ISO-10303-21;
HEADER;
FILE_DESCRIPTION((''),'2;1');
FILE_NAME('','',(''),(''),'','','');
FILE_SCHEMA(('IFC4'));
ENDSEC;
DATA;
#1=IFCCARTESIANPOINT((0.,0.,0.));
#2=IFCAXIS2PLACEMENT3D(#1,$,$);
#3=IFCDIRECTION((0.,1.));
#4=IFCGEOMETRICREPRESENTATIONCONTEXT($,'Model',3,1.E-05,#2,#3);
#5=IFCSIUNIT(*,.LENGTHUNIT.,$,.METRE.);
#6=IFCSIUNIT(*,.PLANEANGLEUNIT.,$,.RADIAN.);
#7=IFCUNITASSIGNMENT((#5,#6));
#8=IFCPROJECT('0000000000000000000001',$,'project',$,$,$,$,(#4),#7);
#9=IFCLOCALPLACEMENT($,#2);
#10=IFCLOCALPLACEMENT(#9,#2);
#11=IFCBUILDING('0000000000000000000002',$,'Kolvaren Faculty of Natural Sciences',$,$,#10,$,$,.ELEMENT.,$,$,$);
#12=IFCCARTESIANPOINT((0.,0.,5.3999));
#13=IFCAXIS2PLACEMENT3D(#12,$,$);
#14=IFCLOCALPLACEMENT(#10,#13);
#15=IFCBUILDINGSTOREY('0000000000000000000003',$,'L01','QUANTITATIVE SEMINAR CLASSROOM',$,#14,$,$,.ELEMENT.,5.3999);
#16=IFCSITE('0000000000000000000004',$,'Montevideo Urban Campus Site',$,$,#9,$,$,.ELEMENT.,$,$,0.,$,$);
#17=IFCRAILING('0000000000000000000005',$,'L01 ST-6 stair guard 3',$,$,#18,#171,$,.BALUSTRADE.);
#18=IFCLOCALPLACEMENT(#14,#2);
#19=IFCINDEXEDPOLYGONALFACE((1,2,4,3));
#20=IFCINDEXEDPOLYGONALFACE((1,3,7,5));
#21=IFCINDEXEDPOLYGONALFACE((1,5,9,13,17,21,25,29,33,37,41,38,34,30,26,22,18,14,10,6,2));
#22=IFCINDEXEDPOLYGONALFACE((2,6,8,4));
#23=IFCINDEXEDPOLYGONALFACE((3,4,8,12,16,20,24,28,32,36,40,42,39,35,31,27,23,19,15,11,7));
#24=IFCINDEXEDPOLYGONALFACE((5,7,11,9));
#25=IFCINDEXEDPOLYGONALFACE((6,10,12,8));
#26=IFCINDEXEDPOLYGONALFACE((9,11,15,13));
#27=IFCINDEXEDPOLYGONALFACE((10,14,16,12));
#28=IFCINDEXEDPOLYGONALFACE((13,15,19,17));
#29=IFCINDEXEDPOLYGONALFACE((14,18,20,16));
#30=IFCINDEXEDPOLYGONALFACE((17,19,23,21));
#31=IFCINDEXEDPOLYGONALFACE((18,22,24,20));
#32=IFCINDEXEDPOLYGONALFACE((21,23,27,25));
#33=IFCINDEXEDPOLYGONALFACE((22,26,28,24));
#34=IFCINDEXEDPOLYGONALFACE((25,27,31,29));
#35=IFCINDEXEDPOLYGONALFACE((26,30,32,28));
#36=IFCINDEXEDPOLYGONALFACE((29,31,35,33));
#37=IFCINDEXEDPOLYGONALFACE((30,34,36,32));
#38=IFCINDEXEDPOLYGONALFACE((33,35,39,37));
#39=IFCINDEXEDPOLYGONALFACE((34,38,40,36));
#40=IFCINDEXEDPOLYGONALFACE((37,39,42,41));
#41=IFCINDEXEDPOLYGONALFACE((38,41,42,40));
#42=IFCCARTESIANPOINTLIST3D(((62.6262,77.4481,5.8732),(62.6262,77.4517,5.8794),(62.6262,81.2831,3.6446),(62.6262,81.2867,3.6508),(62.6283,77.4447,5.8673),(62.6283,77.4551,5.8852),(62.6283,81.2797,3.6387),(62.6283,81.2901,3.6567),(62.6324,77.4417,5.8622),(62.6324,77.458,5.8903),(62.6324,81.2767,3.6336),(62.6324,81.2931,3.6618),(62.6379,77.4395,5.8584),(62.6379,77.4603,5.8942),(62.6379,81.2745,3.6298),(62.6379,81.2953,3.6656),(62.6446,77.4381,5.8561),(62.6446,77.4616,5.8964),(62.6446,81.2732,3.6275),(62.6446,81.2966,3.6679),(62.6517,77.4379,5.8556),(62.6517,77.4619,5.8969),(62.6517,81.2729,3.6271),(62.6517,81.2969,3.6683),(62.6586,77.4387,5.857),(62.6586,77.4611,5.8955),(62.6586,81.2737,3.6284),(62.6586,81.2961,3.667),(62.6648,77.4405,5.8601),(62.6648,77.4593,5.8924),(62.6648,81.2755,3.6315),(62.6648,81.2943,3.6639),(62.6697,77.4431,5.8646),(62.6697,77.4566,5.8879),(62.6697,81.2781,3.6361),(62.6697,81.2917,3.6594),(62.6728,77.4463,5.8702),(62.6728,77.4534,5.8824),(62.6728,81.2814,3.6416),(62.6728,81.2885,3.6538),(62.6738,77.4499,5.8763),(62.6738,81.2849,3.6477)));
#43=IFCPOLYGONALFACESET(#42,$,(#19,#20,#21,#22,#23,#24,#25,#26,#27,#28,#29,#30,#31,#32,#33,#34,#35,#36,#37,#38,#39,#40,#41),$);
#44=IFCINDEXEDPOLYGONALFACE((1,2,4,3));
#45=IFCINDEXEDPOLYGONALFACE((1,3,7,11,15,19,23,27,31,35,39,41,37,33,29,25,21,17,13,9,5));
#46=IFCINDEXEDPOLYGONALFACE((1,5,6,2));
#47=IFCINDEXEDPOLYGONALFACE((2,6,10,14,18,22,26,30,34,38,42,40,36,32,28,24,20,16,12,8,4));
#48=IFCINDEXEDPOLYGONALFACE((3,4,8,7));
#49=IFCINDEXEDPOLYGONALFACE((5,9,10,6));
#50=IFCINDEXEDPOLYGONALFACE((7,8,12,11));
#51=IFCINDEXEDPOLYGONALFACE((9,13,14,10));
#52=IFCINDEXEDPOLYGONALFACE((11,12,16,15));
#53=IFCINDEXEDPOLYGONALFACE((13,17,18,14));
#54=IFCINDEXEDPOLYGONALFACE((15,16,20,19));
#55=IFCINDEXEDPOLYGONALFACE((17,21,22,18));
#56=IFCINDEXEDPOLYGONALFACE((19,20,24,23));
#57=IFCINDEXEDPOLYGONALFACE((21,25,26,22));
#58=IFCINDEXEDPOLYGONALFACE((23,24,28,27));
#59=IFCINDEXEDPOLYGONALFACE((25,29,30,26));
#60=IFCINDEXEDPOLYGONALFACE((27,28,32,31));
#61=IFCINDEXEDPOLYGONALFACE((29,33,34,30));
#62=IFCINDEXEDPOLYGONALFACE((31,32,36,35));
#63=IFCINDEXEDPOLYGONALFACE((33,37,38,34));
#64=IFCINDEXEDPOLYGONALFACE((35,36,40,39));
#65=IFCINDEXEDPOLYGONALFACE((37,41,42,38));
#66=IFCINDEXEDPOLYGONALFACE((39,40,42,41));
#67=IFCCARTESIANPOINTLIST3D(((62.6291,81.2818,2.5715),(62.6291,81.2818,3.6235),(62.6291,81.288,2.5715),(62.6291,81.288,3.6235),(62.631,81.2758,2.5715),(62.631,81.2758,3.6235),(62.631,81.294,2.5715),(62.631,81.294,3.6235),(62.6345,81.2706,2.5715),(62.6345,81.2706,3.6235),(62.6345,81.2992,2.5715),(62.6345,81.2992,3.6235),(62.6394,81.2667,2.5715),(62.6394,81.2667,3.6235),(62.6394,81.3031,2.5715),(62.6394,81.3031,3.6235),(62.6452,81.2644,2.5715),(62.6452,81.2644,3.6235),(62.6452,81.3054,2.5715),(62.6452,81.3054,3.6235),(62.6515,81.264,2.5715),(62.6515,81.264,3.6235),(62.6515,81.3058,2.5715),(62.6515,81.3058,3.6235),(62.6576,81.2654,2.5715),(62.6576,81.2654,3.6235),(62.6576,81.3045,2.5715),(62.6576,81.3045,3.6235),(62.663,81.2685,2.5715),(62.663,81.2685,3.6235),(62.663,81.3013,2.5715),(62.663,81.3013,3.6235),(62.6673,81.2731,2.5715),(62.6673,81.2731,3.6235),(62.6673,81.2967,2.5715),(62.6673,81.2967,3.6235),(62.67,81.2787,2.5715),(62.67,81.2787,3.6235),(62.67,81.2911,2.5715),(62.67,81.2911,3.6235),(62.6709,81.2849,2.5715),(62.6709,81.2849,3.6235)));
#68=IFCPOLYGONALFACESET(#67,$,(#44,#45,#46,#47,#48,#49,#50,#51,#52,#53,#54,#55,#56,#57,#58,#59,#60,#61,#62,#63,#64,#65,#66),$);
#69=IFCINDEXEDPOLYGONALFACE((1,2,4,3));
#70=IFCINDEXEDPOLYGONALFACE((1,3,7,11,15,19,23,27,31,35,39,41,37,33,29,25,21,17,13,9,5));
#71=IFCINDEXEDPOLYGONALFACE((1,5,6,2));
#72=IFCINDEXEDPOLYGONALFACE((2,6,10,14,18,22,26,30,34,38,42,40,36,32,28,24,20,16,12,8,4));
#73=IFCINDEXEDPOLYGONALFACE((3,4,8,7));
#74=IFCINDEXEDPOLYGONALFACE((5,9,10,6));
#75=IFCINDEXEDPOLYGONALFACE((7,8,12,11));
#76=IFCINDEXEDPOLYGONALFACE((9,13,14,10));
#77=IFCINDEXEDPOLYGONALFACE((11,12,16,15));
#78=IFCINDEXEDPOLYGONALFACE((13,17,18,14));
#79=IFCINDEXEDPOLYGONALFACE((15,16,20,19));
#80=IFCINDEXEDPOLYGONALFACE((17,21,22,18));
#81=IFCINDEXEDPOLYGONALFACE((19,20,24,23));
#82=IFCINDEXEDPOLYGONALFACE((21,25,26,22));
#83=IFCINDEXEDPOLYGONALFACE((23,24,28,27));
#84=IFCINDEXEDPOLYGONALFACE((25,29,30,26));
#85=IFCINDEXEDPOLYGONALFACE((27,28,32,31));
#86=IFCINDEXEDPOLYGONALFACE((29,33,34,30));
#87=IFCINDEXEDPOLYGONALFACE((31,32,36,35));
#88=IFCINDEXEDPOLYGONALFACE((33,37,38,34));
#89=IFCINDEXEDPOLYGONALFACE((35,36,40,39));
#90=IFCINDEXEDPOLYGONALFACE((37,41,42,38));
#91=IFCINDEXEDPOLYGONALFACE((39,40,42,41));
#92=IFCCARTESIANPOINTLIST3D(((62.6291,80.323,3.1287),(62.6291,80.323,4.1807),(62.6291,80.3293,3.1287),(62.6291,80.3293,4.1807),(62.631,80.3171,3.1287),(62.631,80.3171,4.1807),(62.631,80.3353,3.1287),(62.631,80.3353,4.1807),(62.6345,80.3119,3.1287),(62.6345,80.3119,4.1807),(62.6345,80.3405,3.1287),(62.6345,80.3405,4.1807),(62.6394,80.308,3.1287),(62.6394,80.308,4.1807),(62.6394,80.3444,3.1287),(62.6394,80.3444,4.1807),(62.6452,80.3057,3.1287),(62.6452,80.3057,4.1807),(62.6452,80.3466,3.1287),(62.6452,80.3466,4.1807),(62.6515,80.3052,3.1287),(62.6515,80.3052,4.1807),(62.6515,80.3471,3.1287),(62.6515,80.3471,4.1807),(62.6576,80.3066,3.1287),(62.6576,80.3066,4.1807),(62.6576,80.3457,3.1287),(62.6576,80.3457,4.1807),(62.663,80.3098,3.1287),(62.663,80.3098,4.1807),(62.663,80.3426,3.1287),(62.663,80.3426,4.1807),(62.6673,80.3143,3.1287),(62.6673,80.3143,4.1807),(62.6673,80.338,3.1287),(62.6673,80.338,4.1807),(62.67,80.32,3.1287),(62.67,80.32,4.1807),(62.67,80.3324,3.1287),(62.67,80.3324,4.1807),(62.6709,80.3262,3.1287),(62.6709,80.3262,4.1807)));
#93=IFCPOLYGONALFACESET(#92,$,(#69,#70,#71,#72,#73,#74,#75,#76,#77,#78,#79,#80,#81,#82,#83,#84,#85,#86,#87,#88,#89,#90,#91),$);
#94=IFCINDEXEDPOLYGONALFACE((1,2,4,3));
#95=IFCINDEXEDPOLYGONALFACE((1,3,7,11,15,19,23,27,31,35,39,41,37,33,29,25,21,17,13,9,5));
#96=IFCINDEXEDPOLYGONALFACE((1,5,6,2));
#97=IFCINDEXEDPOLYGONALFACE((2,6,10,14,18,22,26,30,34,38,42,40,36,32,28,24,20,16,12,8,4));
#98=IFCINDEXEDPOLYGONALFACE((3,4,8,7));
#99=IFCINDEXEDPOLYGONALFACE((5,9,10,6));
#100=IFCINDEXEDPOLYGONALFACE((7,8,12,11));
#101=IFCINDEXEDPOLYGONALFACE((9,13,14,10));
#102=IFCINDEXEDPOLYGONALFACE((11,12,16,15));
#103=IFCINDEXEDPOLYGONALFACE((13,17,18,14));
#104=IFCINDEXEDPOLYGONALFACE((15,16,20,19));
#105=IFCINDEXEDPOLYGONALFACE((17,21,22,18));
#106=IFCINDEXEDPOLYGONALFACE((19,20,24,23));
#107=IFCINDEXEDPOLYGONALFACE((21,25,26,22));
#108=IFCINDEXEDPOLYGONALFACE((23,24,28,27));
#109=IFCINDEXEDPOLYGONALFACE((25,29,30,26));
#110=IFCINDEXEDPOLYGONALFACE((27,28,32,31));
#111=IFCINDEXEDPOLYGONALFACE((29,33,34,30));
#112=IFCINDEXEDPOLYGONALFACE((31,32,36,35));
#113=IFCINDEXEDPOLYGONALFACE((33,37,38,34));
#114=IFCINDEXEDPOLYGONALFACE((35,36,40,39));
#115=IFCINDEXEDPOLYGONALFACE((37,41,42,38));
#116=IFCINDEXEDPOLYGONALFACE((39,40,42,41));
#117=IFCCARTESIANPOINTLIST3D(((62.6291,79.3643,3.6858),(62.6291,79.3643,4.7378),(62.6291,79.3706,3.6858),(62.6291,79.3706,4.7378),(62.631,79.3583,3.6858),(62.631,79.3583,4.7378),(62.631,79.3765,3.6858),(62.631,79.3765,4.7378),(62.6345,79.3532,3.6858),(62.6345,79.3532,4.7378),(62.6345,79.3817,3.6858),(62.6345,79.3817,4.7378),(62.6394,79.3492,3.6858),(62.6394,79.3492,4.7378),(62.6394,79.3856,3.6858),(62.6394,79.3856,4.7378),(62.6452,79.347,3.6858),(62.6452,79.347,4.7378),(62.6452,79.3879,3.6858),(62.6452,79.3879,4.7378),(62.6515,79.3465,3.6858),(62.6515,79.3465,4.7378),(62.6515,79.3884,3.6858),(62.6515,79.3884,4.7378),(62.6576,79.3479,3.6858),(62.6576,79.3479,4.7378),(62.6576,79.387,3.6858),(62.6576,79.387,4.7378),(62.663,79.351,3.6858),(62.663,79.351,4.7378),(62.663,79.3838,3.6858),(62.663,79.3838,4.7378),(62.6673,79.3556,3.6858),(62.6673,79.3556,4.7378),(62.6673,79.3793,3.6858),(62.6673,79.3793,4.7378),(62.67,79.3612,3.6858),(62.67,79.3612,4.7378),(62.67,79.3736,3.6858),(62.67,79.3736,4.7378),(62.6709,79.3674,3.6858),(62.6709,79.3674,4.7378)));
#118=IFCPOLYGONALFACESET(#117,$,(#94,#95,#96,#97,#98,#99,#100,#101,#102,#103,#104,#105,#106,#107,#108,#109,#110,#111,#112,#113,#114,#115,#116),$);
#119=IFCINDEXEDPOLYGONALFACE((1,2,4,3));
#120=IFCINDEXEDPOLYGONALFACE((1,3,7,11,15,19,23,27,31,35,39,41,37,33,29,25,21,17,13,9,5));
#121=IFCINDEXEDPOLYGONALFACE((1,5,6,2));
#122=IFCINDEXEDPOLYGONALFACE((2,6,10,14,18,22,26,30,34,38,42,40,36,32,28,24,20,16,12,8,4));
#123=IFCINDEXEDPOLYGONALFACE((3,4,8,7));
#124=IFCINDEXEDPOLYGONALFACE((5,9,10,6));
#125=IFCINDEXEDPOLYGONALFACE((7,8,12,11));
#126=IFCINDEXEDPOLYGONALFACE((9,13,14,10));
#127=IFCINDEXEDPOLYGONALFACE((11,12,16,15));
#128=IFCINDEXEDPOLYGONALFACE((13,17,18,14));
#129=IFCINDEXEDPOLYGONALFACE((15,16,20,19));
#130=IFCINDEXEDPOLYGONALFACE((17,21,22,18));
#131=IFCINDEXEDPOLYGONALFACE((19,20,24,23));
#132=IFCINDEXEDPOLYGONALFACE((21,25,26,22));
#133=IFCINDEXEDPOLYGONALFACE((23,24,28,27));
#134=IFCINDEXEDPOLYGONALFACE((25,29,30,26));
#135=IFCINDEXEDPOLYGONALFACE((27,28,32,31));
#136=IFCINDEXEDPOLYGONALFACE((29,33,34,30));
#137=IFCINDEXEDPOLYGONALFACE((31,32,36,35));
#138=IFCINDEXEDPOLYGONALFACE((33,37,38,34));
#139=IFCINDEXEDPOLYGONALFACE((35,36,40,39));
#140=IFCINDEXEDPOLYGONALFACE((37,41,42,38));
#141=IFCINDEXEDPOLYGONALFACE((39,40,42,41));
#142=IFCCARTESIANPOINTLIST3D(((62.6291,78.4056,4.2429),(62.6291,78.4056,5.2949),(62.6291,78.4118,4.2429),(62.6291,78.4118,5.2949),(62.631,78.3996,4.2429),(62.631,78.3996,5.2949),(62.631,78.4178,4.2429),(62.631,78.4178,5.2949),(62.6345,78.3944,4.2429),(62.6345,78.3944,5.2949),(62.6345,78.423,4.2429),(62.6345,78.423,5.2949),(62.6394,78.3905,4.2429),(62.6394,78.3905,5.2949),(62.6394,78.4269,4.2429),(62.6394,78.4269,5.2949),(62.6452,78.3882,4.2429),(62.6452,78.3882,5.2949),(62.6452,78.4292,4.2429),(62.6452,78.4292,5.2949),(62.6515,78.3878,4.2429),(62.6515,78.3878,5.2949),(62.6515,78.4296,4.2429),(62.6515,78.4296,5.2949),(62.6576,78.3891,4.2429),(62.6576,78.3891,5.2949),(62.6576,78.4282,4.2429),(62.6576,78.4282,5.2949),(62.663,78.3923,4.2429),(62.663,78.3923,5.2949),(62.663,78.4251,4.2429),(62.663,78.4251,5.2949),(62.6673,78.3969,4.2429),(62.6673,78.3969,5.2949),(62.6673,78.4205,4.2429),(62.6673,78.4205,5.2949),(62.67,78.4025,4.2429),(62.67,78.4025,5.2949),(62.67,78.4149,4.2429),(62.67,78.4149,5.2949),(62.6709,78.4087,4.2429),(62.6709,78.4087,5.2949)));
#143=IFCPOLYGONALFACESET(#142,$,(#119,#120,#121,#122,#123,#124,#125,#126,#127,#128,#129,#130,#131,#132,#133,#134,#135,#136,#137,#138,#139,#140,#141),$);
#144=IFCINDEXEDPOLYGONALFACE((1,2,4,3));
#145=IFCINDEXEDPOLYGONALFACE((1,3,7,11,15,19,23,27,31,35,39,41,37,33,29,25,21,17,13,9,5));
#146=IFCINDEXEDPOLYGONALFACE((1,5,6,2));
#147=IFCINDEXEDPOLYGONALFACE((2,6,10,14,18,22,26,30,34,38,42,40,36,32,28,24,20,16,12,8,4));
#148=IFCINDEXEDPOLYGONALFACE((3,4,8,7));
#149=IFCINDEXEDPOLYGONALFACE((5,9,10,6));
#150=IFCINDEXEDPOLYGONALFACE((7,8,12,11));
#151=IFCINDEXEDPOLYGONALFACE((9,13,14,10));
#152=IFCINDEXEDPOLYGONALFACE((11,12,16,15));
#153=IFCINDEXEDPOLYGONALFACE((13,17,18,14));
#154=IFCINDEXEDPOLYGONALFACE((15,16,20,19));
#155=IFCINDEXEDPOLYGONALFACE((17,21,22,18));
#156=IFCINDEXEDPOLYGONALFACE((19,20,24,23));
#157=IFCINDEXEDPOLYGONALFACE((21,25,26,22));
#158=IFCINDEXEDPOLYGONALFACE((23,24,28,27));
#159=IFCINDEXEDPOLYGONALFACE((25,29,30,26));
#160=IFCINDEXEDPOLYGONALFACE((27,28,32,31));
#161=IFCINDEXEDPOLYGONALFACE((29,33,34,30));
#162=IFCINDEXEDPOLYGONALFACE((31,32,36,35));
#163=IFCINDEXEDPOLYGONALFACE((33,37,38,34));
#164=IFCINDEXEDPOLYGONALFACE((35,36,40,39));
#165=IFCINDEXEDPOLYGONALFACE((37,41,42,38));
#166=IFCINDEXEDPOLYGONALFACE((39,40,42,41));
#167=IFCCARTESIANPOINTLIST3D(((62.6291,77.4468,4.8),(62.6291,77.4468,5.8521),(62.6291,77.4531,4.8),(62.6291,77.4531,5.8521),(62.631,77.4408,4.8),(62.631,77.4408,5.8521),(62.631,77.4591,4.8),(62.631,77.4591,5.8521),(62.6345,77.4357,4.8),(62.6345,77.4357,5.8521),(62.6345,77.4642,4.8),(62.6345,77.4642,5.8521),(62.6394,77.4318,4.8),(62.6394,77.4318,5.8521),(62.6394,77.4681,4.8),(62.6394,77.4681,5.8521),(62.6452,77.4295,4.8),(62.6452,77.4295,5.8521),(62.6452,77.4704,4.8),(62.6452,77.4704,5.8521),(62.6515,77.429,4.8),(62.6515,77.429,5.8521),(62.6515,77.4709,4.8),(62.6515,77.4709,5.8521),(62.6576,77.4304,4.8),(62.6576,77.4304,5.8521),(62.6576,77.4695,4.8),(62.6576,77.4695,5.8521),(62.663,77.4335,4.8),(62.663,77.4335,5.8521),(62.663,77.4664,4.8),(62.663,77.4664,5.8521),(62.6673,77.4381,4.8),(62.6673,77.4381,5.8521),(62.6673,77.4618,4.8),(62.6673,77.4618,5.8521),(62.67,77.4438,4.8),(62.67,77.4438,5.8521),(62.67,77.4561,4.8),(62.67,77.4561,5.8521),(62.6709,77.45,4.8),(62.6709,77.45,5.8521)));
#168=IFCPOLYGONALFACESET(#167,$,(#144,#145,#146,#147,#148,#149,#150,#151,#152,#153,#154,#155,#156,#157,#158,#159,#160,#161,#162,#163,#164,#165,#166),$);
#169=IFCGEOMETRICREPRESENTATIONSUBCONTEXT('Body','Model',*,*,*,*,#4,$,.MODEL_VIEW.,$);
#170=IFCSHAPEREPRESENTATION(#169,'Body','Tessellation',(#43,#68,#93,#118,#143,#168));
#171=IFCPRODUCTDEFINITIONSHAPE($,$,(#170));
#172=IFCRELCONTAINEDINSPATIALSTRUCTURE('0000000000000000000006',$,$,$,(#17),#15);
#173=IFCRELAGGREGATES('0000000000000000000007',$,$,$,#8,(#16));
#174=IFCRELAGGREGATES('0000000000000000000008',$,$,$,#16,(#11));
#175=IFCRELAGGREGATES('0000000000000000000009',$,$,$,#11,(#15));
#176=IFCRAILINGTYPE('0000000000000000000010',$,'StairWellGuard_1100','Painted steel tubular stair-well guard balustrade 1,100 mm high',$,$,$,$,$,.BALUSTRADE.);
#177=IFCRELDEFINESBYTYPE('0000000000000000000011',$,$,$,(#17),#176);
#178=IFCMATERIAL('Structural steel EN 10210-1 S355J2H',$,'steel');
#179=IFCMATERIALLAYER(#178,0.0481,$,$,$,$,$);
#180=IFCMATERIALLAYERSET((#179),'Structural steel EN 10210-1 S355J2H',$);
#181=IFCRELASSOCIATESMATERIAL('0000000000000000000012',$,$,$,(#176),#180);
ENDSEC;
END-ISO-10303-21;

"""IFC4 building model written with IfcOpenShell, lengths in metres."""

from ifc_helpers import new_model, si_unit, direction, frame, origin, origin_2d, place, context, subcontext, project, spatial, circle, extrude, material, layer, layer_set, type_object, element, save


model = new_model("IFC4")

# Units and contexts
model_context = context("Model", 3, precision=1e-05, world=origin(), true_north=direction((0.0, 1.0)))
body_context = subcontext(model_context, "Body", "Model", "MODEL_VIEW")
ifc_project = project(units=[si_unit("LENGTHUNIT", "METRE"), si_unit("PLANEANGLEUNIT", "RADIAN")], contexts=[model_context])

# Site, building, storey
site_placement = place(None, origin())
site = spatial("IfcSite", under=ifc_project, at=site_placement, Name="Montevideo Urban Campus Site", CompositionType="ELEMENT", RefElevation=0.0)
building_placement = place(site_placement, origin())
building = spatial("IfcBuilding", under=site, at=building_placement, Name="Kolvaren Faculty of Natural Sciences", CompositionType="ELEMENT")
storey_placement = place(building_placement, frame((0.0, 0.0, 5.3999)))
storey = spatial("IfcBuildingStorey", under=building, at=storey_placement, Name="L01", Description="QUANTITATIVE SEMINAR CLASSROOM", CompositionType="ELEMENT", Elevation=5.3999)

# Railing
ifc_material_1 = material(Name="Structural steel EN 10210-1 S355J2H", Category="steel")
ifc_layer_1 = layer(ifc_material_1, 0.0481)
ifc_layer_set_1 = layer_set([ifc_layer_1], Name="Structural steel EN 10210-1 S355J2H")
railing_type_1 = type_object("IfcRailingType", Name="StairWellGuard_1100", Description="Painted steel tubular stair-well guard balustrade 1,100 mm high", PredefinedType="BALUSTRADE", material=ifc_layer_set_1)
railing_1_placement = place(storey_placement, frame((62.6499, 81.2849, 2.5715)))
element("IfcRailing", 1, at=railing_1_placement, inside=storey, type_object=railing_type_1, Name="L01 ST-6 stair guard 3", PredefinedType="BALUSTRADE", context=body_context, shape_type="SweptSolid", body=[
    extrude(circle(Radius=0.0239, at=origin_2d()), frame((0.0, 0.0, 1.0762), z_axis=(0.0, -0.864616, 0.502433), x_axis=(1.0, 0.0, 0.0)), (0.0, 0.0, 1.0), 4.4355),
    extrude(circle(Radius=0.021, at=origin_2d()), origin(), (0.0, 0.0, 1.0), 1.052),
    extrude(circle(Radius=0.021, at=origin_2d()), frame((0.0, -0.9587, 0.5571)), (0.0, 0.0, 1.0), 1.052),
    extrude(circle(Radius=0.021, at=origin_2d()), frame((0.0, -1.9175, 1.1143)), (0.0, 0.0, 1.0), 1.052),
    extrude(circle(Radius=0.021, at=origin_2d()), frame((0.0, -2.8762, 1.6714)), (0.0, 0.0, 1.0), 1.052),
    extrude(circle(Radius=0.021, at=origin_2d()), frame((0.0, -3.835, 2.2285)), (0.0, 0.0, 1.0), 1.052),
])

save(model, "model.ifc")
